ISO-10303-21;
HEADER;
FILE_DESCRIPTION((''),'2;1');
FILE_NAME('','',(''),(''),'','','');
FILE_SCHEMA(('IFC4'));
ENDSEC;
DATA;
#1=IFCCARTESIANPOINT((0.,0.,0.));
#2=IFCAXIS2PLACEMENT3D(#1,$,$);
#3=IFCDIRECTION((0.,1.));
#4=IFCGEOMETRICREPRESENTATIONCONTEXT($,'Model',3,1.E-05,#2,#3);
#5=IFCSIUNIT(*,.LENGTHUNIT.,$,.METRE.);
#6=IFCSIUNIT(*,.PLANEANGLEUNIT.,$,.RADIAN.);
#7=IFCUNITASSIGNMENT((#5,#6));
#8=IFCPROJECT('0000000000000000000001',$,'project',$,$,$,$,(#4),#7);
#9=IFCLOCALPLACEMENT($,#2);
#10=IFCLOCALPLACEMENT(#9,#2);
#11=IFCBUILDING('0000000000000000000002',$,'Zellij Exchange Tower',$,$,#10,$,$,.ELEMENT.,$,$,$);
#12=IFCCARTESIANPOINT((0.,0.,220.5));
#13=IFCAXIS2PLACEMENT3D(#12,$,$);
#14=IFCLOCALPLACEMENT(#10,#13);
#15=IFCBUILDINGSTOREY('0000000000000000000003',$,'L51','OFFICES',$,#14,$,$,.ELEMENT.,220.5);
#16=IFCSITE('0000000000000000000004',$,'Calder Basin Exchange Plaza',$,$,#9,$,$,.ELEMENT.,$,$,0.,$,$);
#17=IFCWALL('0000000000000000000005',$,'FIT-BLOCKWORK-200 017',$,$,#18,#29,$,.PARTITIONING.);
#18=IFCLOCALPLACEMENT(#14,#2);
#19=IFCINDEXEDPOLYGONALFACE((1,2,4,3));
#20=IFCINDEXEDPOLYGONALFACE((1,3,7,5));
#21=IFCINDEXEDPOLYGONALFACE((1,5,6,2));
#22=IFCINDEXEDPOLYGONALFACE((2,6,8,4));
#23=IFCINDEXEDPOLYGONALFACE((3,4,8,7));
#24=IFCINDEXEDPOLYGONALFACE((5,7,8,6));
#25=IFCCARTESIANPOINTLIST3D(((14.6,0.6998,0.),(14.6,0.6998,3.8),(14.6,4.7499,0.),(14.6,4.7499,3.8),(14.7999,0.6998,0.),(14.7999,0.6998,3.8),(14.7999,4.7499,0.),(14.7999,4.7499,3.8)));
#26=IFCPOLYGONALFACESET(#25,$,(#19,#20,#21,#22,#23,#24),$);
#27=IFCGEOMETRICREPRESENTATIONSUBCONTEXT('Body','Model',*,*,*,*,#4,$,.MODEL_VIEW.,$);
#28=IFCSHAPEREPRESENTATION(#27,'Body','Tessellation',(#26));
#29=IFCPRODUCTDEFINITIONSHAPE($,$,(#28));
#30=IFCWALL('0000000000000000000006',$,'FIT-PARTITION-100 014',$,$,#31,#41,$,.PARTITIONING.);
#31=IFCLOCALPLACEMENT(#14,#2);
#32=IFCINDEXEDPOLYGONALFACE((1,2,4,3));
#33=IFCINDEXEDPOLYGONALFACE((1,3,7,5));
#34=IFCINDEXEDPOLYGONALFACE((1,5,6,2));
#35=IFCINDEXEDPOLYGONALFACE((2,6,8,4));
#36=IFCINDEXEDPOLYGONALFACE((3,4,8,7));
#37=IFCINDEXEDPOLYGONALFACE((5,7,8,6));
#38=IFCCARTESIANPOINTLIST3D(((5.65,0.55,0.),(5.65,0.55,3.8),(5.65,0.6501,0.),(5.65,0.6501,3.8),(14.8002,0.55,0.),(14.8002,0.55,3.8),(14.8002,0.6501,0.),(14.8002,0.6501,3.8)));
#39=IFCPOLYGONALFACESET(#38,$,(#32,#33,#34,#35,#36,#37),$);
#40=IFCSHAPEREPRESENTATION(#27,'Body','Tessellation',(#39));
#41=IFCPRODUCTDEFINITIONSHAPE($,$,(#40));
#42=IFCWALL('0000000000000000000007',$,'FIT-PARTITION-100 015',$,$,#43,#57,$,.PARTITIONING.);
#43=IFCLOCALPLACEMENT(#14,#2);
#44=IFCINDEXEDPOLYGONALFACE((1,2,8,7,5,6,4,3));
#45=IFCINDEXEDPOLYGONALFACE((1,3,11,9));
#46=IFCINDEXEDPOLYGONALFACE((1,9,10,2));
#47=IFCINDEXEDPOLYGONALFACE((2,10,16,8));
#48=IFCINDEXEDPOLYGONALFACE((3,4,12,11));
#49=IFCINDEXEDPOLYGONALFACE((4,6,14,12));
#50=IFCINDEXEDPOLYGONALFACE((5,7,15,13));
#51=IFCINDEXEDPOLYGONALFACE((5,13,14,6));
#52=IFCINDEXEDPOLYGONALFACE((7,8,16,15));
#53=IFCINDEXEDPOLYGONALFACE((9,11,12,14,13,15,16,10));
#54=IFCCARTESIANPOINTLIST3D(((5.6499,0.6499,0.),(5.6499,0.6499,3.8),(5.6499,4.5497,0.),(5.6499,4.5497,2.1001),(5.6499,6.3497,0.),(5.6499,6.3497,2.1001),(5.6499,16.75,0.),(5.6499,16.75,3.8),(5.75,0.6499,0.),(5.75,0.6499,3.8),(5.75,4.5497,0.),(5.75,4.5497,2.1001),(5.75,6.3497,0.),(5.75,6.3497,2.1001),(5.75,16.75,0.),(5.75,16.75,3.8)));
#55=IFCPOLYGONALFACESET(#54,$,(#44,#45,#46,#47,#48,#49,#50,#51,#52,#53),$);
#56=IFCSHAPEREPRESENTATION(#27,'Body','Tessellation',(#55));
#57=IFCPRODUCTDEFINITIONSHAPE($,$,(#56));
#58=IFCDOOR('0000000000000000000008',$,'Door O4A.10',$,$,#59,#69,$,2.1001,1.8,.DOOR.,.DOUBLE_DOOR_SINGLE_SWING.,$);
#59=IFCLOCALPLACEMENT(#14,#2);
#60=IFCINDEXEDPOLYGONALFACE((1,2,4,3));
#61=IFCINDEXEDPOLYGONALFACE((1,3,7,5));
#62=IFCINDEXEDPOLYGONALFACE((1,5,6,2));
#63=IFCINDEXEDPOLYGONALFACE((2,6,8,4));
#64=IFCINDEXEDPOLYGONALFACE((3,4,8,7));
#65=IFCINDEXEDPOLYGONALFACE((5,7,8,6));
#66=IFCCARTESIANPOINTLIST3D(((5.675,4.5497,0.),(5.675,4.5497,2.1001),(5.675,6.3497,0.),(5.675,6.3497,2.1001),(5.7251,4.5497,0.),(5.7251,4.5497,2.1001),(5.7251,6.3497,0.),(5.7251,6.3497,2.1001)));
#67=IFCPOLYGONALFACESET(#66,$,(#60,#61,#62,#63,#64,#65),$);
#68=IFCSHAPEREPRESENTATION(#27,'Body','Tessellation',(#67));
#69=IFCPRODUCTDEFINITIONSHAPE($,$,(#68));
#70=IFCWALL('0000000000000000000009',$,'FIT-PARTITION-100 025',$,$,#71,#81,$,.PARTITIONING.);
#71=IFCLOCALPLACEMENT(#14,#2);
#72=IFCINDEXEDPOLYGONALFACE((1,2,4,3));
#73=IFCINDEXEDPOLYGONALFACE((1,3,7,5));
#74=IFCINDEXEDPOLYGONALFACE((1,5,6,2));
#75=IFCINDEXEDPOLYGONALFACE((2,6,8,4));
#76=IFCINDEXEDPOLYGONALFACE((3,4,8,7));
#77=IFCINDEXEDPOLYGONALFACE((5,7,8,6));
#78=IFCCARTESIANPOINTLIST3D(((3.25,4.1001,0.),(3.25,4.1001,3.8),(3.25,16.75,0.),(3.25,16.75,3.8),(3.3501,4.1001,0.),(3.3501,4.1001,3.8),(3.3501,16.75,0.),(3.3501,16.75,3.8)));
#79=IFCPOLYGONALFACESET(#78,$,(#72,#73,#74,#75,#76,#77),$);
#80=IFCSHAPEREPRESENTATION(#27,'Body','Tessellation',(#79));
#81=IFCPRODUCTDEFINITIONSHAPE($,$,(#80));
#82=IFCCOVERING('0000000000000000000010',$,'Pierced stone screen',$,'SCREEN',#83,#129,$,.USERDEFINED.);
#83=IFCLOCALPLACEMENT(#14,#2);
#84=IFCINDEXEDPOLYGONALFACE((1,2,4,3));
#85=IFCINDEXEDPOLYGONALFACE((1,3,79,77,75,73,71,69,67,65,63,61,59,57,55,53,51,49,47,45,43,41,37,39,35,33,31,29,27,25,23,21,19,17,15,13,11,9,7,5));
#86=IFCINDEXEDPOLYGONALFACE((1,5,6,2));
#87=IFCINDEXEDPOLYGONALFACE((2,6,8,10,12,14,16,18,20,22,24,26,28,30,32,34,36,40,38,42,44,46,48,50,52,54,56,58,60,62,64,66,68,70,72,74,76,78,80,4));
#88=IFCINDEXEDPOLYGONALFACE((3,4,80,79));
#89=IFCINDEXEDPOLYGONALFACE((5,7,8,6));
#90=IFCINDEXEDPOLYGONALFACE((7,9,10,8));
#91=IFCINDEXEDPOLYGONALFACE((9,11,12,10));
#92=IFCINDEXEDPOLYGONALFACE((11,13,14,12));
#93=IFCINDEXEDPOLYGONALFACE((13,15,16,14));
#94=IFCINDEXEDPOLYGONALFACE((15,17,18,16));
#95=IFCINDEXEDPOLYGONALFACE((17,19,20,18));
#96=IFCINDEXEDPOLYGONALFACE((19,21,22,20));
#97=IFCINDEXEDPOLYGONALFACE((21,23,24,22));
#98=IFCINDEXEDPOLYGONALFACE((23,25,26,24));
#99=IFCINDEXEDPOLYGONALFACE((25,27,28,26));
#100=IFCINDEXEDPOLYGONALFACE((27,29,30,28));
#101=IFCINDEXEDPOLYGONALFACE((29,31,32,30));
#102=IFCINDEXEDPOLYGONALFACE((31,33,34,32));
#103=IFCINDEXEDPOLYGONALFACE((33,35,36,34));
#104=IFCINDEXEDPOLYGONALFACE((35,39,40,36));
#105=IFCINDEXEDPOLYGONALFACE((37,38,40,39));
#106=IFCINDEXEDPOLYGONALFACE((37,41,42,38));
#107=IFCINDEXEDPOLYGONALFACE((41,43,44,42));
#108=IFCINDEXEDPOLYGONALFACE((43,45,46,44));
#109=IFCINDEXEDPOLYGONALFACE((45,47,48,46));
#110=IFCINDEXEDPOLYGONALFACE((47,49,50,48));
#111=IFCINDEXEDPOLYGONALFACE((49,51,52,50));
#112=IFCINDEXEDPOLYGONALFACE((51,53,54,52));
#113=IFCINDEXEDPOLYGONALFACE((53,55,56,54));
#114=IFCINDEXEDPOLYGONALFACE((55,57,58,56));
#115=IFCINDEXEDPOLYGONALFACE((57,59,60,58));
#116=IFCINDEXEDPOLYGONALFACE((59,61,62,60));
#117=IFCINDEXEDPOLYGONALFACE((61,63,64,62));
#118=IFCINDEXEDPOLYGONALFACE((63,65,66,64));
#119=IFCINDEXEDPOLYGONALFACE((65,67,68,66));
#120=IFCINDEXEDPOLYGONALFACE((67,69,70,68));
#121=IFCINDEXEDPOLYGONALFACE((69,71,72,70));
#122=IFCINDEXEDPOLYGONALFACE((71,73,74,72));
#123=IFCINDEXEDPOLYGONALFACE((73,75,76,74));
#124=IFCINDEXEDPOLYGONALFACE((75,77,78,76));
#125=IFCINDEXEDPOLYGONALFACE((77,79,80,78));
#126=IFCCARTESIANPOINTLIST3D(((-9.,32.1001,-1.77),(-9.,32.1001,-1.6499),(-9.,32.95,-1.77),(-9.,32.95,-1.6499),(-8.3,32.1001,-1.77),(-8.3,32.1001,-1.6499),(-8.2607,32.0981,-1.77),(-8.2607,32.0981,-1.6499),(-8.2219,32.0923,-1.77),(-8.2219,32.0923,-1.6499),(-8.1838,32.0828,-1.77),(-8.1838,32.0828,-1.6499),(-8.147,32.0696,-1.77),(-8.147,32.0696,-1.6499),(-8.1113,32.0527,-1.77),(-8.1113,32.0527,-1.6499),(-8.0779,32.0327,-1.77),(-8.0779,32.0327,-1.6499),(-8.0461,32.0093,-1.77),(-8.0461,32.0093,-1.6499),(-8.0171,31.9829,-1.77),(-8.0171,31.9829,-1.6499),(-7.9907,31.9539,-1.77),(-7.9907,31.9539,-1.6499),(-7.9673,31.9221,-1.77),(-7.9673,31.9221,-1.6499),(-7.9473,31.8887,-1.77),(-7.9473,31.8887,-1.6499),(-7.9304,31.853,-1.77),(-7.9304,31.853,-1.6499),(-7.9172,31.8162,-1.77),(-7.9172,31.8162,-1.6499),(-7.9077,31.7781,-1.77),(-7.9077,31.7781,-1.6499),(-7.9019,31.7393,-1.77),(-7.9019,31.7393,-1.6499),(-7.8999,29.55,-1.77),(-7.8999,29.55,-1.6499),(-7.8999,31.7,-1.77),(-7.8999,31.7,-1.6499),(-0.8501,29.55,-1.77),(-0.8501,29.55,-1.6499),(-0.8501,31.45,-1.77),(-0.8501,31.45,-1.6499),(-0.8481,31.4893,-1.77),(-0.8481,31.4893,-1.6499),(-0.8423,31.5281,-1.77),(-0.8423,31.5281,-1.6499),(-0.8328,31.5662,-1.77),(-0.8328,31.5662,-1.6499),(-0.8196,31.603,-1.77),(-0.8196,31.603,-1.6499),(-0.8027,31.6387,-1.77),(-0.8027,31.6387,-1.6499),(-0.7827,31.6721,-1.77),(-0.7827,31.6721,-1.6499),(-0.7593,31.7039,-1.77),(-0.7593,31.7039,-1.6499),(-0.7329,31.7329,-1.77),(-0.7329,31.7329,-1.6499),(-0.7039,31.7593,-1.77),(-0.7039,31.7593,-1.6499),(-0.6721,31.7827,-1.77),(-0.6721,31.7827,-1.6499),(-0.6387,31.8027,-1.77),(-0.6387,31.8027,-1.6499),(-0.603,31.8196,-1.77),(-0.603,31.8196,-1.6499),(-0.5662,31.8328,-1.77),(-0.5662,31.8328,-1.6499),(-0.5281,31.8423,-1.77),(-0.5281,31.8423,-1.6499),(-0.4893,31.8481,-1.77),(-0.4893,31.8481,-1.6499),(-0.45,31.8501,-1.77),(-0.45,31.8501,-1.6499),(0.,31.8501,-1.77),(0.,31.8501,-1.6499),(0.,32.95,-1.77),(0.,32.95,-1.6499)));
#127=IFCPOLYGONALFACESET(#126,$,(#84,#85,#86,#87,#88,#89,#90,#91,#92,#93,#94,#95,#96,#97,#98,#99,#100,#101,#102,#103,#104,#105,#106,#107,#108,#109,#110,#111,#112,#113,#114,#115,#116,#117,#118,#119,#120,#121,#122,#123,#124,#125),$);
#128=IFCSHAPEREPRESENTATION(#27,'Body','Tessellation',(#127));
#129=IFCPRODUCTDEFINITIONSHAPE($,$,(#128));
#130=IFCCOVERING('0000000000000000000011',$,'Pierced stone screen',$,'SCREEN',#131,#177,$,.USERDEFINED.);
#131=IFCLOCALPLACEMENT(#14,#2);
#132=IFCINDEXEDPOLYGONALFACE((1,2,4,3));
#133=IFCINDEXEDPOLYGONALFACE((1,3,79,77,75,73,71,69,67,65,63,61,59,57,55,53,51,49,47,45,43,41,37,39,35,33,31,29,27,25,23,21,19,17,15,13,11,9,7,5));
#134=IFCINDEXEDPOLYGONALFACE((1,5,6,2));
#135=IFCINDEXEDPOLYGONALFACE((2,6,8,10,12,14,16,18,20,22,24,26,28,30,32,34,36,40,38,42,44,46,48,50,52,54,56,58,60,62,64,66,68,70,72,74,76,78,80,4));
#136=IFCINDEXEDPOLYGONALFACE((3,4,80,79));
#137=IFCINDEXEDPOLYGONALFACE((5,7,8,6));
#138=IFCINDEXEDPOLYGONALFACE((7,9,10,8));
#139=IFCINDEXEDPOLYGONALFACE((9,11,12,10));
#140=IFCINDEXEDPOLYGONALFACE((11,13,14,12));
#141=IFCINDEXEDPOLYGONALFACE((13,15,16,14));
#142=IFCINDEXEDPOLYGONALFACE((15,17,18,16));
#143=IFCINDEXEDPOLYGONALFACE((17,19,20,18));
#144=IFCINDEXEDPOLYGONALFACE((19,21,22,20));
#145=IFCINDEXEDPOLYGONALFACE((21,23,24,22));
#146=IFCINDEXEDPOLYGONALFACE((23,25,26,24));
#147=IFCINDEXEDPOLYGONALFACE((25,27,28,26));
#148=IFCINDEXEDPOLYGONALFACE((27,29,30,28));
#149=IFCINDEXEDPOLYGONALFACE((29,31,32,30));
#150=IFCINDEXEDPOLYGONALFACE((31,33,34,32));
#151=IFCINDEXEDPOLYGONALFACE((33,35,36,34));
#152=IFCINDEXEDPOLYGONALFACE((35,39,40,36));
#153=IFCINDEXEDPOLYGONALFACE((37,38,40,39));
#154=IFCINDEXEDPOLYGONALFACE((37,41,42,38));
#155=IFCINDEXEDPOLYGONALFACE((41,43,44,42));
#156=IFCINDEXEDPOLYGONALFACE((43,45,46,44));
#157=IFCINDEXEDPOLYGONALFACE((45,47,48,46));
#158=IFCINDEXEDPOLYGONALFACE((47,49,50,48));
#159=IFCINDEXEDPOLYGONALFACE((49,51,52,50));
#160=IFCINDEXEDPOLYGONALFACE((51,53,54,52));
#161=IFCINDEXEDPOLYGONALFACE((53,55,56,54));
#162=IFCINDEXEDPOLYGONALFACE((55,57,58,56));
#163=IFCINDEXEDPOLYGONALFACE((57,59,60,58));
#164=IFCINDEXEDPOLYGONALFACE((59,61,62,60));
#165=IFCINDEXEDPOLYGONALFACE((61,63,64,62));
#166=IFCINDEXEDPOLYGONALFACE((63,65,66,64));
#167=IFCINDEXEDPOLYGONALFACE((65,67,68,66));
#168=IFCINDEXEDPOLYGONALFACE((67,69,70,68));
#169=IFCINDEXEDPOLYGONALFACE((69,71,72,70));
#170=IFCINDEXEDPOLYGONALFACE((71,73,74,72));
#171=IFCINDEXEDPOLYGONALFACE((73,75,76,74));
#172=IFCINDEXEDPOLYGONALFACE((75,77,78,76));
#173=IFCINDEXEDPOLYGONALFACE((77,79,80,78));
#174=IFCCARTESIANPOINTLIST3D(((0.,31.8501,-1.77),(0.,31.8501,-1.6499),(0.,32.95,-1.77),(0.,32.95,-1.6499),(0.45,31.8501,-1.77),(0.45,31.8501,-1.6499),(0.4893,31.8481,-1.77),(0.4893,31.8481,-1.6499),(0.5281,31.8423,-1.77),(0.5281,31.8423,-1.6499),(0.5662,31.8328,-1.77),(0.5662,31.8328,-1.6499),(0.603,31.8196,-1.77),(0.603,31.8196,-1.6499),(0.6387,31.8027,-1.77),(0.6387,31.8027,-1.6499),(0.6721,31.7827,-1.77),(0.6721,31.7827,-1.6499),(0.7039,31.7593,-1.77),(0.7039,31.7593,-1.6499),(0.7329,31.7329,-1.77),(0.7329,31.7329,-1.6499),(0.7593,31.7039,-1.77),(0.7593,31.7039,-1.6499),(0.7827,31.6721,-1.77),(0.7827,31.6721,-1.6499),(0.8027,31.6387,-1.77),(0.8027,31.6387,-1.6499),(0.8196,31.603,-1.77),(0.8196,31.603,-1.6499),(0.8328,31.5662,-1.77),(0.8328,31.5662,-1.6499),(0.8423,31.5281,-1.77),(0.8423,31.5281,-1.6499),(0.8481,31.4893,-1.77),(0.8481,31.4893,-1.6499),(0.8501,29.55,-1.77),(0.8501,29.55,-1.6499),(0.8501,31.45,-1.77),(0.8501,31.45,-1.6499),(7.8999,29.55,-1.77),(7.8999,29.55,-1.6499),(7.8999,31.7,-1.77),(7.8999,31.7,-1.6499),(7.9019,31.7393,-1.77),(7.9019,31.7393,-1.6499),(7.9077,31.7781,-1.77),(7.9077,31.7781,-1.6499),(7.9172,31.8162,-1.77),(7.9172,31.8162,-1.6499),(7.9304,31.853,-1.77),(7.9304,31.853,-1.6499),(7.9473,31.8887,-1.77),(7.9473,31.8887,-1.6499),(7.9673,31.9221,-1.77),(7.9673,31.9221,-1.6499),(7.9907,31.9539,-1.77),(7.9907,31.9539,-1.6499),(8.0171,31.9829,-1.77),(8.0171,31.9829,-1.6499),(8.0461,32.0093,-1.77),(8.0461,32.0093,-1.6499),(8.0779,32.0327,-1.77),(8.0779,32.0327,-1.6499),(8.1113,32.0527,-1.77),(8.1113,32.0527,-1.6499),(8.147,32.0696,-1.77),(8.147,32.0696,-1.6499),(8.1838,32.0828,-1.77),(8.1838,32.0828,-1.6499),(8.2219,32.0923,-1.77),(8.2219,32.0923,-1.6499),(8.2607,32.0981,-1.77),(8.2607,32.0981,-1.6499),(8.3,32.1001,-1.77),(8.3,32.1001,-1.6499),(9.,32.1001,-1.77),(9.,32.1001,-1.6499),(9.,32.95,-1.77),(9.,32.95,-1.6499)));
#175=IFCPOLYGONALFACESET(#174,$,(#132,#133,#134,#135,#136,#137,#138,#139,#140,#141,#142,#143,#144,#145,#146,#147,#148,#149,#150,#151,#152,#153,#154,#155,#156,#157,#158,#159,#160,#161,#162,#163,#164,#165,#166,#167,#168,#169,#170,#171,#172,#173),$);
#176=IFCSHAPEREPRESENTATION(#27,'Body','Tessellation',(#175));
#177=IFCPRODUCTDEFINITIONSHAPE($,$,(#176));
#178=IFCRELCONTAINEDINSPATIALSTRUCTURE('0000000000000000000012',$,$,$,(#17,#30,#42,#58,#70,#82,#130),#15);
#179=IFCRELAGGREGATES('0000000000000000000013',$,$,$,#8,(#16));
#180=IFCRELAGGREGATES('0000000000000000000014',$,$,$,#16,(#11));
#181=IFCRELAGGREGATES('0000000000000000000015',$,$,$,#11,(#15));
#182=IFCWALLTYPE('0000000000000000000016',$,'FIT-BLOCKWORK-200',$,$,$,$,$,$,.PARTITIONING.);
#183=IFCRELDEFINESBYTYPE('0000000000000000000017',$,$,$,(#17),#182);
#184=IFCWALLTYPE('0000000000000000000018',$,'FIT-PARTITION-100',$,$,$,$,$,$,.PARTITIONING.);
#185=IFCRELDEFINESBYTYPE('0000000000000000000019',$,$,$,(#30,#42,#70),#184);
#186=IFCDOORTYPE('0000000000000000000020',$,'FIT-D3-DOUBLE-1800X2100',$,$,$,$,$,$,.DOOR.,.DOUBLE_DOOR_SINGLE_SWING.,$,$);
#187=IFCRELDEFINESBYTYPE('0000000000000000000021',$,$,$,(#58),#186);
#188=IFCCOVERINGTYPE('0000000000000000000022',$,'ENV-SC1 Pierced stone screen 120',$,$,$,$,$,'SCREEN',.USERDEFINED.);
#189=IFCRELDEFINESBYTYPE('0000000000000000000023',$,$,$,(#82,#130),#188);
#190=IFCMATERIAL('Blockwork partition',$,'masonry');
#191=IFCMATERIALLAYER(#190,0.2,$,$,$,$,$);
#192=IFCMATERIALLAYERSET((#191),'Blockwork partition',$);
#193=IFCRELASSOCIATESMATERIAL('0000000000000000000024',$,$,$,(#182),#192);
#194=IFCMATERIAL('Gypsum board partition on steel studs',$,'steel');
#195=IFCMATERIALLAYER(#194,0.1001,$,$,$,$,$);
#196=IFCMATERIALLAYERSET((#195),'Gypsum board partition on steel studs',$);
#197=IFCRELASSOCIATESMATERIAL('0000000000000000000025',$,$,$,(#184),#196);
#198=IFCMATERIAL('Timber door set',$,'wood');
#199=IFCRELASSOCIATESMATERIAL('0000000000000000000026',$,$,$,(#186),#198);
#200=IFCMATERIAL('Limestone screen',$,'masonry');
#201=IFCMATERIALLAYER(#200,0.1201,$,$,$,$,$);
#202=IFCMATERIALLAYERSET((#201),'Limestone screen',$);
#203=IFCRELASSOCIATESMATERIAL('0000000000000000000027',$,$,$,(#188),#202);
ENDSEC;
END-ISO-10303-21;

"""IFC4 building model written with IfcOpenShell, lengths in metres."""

from ifc_helpers import new_model, si_unit, direction, frame, frame_2d, origin, place, context, subcontext, project, spatial, polyline, rectangle, outline, extrude, material, layer, layer_set, type_object, element, fill, save


model = new_model("IFC4")

# Units and contexts
model_context = context("Model", 3, precision=1e-05, world=origin(), true_north=direction((0.0, 1.0)))
body_context = subcontext(model_context, "Body", "Model", "MODEL_VIEW")
ifc_project = project(units=[si_unit("LENGTHUNIT", "METRE"), si_unit("PLANEANGLEUNIT", "RADIAN")], contexts=[model_context])

# Site, building, storey
site_placement = place(None, origin())
site = spatial("IfcSite", under=ifc_project, at=site_placement, Name="Calder Basin Exchange Plaza", CompositionType="ELEMENT", RefElevation=0.0)
building_placement = place(site_placement, origin())
building = spatial("IfcBuilding", under=site, at=building_placement, Name="Zellij Exchange Tower", CompositionType="ELEMENT")
storey_placement = place(building_placement, frame((0.0, 0.0, 220.5)))
storey = spatial("IfcBuildingStorey", under=building, at=storey_placement, Name="L51", Description="OFFICES", CompositionType="ELEMENT", Elevation=220.5)

# Shared definitions
ifc_material_1 = material(Name="Blockwork partition", Category="masonry")
ifc_layer_1 = layer(ifc_material_1, 0.2)
ifc_layer_set_1 = layer_set([ifc_layer_1], Name="Blockwork partition")
wall_type_1 = type_object("IfcWallType", Name="FIT-BLOCKWORK-200", PredefinedType="PARTITIONING", material=ifc_layer_set_1)

# Shared definitions
ifc_material_2 = material(Name="Timber door set", Category="wood")

# Walls
wall_1_placement = place(storey_placement, frame((14.7, 0.7, 0.0), z_axis=(0.0, 0.0, 1.0), x_axis=(0.0, 1.0, 0.0)))
element("IfcWall", 1, at=wall_1_placement, inside=storey, type_object=wall_type_1, Name="FIT-BLOCKWORK-200 017", PredefinedType="PARTITIONING", context=body_context, shape_type="SweptSolid", body=[
    extrude(rectangle(XDim=4.05, YDim=0.2, at=frame_2d((2.0249, 0.0))), origin(), (0.0, 0.0, 1.0), 3.8),
])
ifc_material_3 = material(Name="Gypsum board partition on steel studs", Category="steel")
ifc_layer_2 = layer(ifc_material_3, 0.1001)
ifc_layer_set_2 = layer_set([ifc_layer_2], Name="Gypsum board partition on steel studs")
wall_type_2 = type_object("IfcWallType", Name="FIT-PARTITION-100", PredefinedType="PARTITIONING", material=ifc_layer_set_2)
wall_2_placement = place(storey_placement, frame((5.6499, 0.6001, 0.0), z_axis=(0.0, 0.0, 1.0), x_axis=(1.0, 0.0, 0.0)))
element("IfcWall", 2, at=wall_2_placement, inside=storey, type_object=wall_type_2, Name="FIT-PARTITION-100 014", PredefinedType="PARTITIONING", context=body_context, shape_type="SweptSolid", body=[
    extrude(rectangle(XDim=9.1501, YDim=0.1001, at=frame_2d((4.5752, 0.0))), origin(), (0.0, 0.0, 1.0), 3.8),
])

# Wall, opening, door
wall_3_placement = place(storey_placement, frame((5.7, 0.6499, 0.0), z_axis=(0.0, 0.0, 1.0), x_axis=(0.0, 1.0, 0.0)))
wall_3 = element("IfcWall", 3, at=wall_3_placement, inside=storey, type_object=wall_type_2, Name="FIT-PARTITION-100 015", PredefinedType="PARTITIONING", context=body_context, shape_type="SweptSolid", body=[
    extrude(rectangle(XDim=16.1001, YDim=0.1001, at=frame_2d((8.05, 0.0))), origin(), (0.0, 0.0, 1.0), 3.8),
])
opening_1_placement = place(wall_3_placement, frame((3.8999, 0.0, 0.0)))
opening_1 = element("IfcOpeningElement", 4, at=opening_1_placement, cuts=wall_3, PredefinedType="OPENING", context=body_context, shape_type="SweptSolid", body=[
    extrude(rectangle(XDim=1.8, YDim=2.1001, at=frame_2d((0.8999, 1.05))), frame((0.0, 0.062, 0.0), z_axis=(0.0, -1.0, 0.0), x_axis=(1.0, 0.0, 0.0)), (0.0, 0.0, 1.0), 0.124),
])
door_type_1 = type_object("IfcDoorType", Name="FIT-D3-DOUBLE-1800X2100", OperationType="DOUBLE_DOOR_SINGLE_SWING", PredefinedType="DOOR", material=ifc_material_2)
door_1_placement = place(opening_1_placement, origin())
door_1 = element("IfcDoor", 5, at=door_1_placement, inside=storey, type_object=door_type_1, Name="Door O4A.10", OperationType="DOUBLE_DOOR_SINGLE_SWING", OverallHeight=2.1001, OverallWidth=1.8, PredefinedType="DOOR", context=body_context, shape_type="SweptSolid", body=[
    extrude(rectangle(XDim=1.8, YDim=2.1001, at=frame_2d((0.8999, 1.05))), frame((0.0, 0.0249, 0.0), z_axis=(0.0, -1.0, 0.0), x_axis=(1.0, 0.0, 0.0)), (0.0, 0.0, 1.0), 0.05),
])
fill(opening_1, door_1)

# Wall
wall_4_placement = place(storey_placement, frame((3.3, 4.1001, 0.0), z_axis=(0.0, 0.0, 1.0), x_axis=(0.0, 1.0, 0.0)))
element("IfcWall", 6, at=wall_4_placement, inside=storey, type_object=wall_type_2, Name="FIT-PARTITION-100 025", PredefinedType="PARTITIONING", context=body_context, shape_type="SweptSolid", body=[
    extrude(rectangle(XDim=12.6499, YDim=0.1001, at=frame_2d((6.325, 0.0))), origin(), (0.0, 0.0, 1.0), 3.8),
])

# Coverings
ifc_material_4 = material(Name="Limestone screen", Category="masonry")
ifc_layer_3 = layer(ifc_material_4, 0.1201)
ifc_layer_set_3 = layer_set([ifc_layer_3], Name="Limestone screen")
covering_type = type_object("IfcCoveringType", Name="ENV-SC1 Pierced stone screen 120", ElementType="SCREEN", PredefinedType="USERDEFINED", material=ifc_layer_set_3)
covering_1_placement = place(storey_placement, frame((0.0, 0.0, -1.77)))
element("IfcCovering", 7, at=covering_1_placement, inside=storey, type_object=covering_type, Name="Pierced stone screen", ObjectType="SCREEN", PredefinedType="USERDEFINED", context=body_context, shape_type="SweptSolid", body=[
    extrude(outline(polyline([(0.0, 32.95), (0.0, 31.8501), (-0.45, 31.8501), (-0.4893, 31.8481), (-0.5281, 31.8423), (-0.5662, 31.8328), (-0.603, 31.8196), (-0.6387, 31.8027), (-0.6721, 31.7827), (-0.7039, 31.7593), (-0.7329, 31.7329), (-0.7593, 31.7039), (-0.7827, 31.6721), (-0.8027, 31.6387), (-0.8196, 31.603), (-0.8328, 31.5662), (-0.8423, 31.5281), (-0.8481, 31.4893), (-0.8501, 31.45), (-0.8501, 29.55), (-7.8999, 29.55), (-7.8999, 31.7), (-7.9019, 31.7393), (-7.9077, 31.7781), (-7.9172, 31.8162), (-7.9304, 31.853), (-7.9473, 31.8887), (-7.9673, 31.9221), (-7.9907, 31.9539), (-8.0171, 31.9829), (-8.0461, 32.0093), (-8.0779, 32.0327), (-8.1113, 32.0527), (-8.147, 32.0696), (-8.1838, 32.0828), (-8.2219, 32.0923), (-8.2607, 32.0981), (-8.3, 32.1001), (-9.0, 32.1001), (-9.0, 32.95), (0.0, 32.95)])), origin(), (0.0, 0.0, 1.0), 0.1201),
])
covering_2_placement = place(storey_placement, frame((0.0, 0.0, -1.77)))
element("IfcCovering", 8, at=covering_2_placement, inside=storey, type_object=covering_type, Name="Pierced stone screen", ObjectType="SCREEN", PredefinedType="USERDEFINED", context=body_context, shape_type="SweptSolid", body=[
    extrude(outline(polyline([(9.0, 32.95), (9.0, 32.1001), (8.3, 32.1001), (8.2607, 32.0981), (8.2219, 32.0923), (8.1838, 32.0828), (8.147, 32.0696), (8.1113, 32.0527), (8.0779, 32.0327), (8.0461, 32.0093), (8.0171, 31.9829), (7.9907, 31.9539), (7.9673, 31.9221), (7.9473, 31.8887), (7.9304, 31.853), (7.9172, 31.8162), (7.9077, 31.7781), (7.9019, 31.7393), (7.8999, 31.7), (7.8999, 29.55), (0.8501, 29.55), (0.8501, 31.45), (0.8481, 31.4893), (0.8423, 31.5281), (0.8328, 31.5662), (0.8196, 31.603), (0.8027, 31.6387), (0.7827, 31.6721), (0.7593, 31.7039), (0.7329, 31.7329), (0.7039, 31.7593), (0.6721, 31.7827), (0.6387, 31.8027), (0.603, 31.8196), (0.5662, 31.8328), (0.5281, 31.8423), (0.4893, 31.8481), (0.45, 31.8501), (0.0, 31.8501), (0.0, 32.95), (9.0, 32.95)])), origin(), (0.0, 0.0, 1.0), 0.1201),
])

save(model, "model.ifc")
